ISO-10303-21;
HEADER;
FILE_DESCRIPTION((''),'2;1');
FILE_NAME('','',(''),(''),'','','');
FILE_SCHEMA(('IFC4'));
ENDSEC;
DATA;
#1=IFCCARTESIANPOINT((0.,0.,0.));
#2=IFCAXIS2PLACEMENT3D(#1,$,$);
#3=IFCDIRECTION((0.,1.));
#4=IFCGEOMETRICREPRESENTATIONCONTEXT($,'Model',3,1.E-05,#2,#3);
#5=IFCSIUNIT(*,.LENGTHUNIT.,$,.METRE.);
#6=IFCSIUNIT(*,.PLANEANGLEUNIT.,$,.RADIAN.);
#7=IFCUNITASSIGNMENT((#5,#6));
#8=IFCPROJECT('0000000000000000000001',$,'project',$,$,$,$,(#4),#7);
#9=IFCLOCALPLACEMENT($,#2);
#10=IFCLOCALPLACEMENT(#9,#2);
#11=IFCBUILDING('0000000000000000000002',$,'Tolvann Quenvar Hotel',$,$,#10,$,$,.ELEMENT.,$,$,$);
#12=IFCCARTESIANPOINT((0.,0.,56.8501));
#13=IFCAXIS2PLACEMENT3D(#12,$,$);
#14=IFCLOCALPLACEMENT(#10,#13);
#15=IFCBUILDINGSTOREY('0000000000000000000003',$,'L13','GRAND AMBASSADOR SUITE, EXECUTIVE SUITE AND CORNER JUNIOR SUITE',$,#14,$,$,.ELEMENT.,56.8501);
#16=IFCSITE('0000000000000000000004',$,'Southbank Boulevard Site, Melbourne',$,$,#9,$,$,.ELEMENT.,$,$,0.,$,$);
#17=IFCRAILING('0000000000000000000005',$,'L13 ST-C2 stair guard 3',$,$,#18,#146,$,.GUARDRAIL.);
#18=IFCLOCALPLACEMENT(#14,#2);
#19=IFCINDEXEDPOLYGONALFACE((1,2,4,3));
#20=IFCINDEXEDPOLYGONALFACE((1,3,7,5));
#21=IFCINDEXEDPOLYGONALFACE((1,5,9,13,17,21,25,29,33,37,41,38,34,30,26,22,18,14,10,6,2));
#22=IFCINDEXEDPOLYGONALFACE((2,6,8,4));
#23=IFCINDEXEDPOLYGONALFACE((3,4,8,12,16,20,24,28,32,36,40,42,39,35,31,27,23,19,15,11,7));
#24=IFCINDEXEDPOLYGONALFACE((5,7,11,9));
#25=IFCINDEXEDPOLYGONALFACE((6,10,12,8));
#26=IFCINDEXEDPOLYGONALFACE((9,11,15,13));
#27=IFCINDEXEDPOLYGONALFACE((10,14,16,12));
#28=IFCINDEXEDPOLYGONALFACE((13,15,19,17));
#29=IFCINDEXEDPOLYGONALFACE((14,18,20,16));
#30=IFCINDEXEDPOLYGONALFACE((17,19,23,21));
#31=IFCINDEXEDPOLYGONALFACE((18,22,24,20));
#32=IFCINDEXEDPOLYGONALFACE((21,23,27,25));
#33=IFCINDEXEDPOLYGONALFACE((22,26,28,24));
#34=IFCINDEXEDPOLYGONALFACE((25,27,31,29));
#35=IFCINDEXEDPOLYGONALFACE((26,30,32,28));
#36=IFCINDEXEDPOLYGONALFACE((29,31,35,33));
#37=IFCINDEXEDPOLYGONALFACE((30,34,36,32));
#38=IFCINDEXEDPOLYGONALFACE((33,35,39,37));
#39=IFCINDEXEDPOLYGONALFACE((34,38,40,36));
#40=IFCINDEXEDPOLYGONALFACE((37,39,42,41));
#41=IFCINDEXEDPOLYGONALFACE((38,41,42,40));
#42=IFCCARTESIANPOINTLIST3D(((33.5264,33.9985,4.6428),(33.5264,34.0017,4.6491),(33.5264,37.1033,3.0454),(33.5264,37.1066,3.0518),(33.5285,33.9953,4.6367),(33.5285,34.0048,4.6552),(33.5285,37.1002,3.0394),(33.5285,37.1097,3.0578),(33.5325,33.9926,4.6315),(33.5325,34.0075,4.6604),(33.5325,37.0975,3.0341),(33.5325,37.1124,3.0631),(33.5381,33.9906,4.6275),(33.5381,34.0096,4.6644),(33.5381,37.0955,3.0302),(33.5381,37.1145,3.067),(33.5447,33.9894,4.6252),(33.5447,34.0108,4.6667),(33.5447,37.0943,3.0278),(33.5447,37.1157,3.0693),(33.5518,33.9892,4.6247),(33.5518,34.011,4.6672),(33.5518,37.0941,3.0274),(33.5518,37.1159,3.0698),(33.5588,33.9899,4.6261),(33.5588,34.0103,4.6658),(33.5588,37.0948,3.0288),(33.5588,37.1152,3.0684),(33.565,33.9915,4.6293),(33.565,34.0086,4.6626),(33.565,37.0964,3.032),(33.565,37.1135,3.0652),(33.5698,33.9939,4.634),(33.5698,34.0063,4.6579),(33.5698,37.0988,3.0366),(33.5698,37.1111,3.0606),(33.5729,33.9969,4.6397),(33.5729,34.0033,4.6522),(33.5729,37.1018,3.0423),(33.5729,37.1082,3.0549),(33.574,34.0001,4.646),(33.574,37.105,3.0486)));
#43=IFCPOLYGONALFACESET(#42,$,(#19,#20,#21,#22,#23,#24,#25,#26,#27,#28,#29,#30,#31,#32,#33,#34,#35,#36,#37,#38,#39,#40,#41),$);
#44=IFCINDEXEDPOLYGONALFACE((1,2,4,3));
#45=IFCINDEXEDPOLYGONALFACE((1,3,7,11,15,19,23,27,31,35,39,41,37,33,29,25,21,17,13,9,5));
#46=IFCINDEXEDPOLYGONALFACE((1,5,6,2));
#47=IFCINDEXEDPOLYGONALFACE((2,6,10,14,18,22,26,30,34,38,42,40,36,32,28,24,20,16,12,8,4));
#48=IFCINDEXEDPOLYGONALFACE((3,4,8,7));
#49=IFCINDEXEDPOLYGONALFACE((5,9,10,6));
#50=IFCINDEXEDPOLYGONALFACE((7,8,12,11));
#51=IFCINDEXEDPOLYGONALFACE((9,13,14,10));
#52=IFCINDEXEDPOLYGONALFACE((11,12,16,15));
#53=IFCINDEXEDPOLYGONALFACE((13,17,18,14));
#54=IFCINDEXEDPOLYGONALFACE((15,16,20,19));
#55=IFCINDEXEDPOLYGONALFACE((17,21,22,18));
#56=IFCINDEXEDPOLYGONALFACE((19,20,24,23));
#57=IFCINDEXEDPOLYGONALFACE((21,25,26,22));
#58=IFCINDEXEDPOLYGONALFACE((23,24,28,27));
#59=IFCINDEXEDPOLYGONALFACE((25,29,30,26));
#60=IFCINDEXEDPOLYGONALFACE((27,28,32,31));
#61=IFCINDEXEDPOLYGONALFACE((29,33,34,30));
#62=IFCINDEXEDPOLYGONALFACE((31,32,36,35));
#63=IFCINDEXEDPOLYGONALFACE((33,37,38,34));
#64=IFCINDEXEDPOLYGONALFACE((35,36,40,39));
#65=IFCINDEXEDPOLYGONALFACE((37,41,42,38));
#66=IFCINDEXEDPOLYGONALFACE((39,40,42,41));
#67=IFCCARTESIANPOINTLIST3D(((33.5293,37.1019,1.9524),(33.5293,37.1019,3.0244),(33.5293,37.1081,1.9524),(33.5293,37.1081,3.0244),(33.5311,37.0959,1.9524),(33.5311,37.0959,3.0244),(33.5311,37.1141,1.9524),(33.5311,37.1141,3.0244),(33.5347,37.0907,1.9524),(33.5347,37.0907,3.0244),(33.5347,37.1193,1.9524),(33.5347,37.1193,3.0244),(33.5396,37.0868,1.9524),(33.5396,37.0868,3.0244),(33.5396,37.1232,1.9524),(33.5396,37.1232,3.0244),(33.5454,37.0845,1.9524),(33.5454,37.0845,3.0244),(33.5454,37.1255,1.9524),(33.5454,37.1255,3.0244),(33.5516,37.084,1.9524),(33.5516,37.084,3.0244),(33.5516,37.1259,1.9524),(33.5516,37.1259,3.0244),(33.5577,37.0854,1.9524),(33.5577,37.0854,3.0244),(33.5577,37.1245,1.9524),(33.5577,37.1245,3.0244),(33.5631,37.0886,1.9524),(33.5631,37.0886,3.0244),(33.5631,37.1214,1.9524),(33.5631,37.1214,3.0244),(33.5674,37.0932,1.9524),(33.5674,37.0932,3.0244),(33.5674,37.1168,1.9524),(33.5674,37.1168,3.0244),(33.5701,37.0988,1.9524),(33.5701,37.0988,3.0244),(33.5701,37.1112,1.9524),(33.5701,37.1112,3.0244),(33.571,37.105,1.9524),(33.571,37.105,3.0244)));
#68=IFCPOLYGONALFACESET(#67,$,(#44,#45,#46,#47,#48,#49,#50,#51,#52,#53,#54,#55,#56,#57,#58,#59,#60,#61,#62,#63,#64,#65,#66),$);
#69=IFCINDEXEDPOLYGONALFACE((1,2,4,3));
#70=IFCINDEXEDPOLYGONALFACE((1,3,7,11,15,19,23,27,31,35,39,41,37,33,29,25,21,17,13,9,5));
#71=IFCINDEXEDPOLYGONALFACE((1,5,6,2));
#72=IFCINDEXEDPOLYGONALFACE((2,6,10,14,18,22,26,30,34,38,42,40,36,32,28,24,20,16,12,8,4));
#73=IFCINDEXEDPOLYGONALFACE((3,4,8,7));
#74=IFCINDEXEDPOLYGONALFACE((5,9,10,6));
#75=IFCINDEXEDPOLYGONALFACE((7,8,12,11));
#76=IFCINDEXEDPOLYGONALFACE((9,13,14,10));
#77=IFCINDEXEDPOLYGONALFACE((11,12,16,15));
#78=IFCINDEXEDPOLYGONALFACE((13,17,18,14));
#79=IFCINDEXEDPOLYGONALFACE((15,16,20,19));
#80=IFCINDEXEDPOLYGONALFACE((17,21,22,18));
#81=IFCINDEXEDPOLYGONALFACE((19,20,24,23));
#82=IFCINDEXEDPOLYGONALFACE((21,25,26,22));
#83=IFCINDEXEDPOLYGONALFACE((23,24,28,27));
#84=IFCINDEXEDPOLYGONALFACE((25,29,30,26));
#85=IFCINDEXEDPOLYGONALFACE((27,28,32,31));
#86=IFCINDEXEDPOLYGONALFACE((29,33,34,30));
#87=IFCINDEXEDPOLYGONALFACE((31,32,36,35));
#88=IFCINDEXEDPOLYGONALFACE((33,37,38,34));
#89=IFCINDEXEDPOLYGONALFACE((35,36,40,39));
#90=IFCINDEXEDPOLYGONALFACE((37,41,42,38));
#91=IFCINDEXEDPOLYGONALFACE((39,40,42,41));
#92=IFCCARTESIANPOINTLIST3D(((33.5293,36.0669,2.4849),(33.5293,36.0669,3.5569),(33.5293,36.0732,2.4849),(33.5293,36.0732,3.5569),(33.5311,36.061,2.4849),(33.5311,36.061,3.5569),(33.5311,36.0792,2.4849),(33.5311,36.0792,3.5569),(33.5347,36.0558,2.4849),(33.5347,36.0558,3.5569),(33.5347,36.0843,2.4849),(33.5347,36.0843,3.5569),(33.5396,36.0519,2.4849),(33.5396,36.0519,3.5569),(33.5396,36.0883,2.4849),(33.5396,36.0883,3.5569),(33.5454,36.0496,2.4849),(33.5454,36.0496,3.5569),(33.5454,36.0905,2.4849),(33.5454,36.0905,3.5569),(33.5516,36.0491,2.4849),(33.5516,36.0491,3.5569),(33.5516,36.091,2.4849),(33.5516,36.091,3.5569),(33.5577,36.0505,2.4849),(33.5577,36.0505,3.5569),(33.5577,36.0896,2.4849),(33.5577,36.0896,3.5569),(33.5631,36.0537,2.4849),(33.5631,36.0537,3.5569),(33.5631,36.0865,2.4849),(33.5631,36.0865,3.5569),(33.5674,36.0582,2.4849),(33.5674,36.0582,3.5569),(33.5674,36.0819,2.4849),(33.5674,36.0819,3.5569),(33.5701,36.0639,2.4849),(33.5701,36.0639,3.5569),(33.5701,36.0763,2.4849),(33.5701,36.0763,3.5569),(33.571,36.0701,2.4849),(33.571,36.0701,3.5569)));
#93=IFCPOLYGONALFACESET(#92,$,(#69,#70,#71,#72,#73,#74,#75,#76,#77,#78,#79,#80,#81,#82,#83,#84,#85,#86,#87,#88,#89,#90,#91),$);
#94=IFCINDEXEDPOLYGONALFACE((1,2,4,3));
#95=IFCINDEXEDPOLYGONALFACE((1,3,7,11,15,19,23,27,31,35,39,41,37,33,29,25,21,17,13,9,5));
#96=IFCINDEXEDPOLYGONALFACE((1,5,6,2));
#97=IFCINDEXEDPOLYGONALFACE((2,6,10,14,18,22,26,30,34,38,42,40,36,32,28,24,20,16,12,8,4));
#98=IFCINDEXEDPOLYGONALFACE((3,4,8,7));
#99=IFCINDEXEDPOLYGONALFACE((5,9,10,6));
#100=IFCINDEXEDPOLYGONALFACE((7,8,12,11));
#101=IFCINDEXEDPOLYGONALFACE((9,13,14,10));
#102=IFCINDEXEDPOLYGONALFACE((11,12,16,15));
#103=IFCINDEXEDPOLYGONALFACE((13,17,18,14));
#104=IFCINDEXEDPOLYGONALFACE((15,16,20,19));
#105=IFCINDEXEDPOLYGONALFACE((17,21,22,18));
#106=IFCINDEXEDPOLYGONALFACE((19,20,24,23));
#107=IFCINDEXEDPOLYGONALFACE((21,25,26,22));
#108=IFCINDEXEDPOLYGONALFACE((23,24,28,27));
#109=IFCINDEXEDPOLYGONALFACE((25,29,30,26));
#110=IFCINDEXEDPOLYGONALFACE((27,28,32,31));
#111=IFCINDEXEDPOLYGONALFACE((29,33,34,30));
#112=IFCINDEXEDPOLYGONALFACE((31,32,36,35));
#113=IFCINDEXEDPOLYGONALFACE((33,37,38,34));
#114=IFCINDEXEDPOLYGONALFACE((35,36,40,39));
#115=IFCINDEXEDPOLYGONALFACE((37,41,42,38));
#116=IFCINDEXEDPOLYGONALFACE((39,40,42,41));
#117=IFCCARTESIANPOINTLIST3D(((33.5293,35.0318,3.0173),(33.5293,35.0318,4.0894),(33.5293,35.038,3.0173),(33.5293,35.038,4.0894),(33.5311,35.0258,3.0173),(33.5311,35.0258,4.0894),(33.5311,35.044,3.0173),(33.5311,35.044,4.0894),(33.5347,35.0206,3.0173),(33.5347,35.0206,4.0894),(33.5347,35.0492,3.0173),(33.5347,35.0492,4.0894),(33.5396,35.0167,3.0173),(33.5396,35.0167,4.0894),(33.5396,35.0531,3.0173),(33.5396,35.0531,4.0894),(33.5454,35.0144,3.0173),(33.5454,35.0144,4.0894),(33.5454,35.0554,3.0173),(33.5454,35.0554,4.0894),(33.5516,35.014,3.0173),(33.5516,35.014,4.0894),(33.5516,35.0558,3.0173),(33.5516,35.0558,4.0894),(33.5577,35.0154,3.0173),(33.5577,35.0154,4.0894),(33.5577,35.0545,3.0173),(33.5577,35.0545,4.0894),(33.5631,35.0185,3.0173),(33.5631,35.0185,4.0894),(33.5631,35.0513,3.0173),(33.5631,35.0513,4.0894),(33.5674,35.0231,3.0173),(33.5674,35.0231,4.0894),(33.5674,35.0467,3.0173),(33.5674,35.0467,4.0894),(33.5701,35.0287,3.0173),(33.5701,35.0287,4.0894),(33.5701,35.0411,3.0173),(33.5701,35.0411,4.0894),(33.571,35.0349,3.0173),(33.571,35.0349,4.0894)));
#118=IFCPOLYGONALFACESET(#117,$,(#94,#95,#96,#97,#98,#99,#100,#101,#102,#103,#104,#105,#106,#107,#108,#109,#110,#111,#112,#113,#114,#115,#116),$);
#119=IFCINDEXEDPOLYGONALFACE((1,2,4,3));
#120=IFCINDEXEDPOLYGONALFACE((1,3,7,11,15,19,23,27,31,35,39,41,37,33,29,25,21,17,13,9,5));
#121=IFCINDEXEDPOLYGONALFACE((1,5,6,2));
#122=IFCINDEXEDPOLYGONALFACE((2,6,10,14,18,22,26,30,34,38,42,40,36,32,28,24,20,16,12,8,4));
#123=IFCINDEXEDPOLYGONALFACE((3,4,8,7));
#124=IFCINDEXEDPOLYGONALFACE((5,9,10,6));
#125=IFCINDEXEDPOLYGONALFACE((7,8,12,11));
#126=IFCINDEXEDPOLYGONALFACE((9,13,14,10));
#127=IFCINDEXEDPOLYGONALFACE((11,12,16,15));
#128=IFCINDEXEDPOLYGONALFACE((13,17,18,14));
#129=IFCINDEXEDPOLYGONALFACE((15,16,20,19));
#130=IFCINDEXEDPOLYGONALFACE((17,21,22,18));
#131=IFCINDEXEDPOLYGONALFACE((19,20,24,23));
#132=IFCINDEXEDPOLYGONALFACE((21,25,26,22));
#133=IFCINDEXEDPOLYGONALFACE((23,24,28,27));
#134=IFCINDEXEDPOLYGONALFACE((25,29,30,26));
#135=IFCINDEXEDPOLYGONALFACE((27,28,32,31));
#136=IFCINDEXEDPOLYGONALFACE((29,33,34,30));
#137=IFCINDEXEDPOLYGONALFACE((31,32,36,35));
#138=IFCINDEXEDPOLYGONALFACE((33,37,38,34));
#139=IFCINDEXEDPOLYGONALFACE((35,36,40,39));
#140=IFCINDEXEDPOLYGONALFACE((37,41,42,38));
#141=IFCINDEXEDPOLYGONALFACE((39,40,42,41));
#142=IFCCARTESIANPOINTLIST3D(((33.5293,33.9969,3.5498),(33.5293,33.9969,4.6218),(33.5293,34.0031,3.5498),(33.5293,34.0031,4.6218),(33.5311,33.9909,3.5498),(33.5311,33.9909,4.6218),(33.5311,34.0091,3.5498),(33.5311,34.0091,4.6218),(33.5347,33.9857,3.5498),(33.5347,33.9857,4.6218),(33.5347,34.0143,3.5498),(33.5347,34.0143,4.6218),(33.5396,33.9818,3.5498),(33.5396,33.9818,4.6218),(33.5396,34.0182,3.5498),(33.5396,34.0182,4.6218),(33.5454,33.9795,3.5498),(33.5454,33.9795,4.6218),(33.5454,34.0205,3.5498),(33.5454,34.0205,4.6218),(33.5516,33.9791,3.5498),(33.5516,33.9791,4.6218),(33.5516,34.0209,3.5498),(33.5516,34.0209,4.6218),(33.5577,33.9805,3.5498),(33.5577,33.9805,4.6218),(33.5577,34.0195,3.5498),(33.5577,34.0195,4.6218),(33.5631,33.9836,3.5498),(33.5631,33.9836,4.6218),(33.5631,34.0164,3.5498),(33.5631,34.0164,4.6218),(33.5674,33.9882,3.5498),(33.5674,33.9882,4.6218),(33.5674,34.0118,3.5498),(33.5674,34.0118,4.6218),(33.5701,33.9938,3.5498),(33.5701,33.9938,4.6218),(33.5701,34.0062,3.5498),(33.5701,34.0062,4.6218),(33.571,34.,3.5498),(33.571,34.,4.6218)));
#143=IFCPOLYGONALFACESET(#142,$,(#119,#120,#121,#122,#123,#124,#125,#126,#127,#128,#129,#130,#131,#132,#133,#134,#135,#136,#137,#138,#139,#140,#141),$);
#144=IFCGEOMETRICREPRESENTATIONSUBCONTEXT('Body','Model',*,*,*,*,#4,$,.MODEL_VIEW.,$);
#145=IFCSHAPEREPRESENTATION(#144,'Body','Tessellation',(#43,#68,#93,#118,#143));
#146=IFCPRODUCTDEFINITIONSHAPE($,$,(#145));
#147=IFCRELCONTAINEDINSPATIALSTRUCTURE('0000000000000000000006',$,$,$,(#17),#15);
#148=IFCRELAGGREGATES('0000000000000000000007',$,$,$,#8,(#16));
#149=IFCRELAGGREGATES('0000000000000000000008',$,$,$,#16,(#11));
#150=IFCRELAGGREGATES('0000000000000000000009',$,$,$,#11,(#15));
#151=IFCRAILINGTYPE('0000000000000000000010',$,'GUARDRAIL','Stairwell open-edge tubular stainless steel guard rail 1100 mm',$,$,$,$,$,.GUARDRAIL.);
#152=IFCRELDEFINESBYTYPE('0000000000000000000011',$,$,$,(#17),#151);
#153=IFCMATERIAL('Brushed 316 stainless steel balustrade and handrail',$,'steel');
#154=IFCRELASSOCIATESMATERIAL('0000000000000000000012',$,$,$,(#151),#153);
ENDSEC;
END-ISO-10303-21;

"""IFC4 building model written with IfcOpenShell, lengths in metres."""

from ifc_helpers import new_model, si_unit, direction, frame, origin, origin_2d, place, context, subcontext, project, spatial, circle, extrude, material, type_object, element, save


model = new_model("IFC4")

# Units and contexts
model_context = context("Model", 3, precision=1e-05, world=origin(), true_north=direction((0.0, 1.0)))
body_context = subcontext(model_context, "Body", "Model", "MODEL_VIEW")
ifc_project = project(units=[si_unit("LENGTHUNIT", "METRE"), si_unit("PLANEANGLEUNIT", "RADIAN")], contexts=[model_context])

# Site, building, storey
site_placement = place(None, origin())
site = spatial("IfcSite", under=ifc_project, at=site_placement, Name="Southbank Boulevard Site, Melbourne", CompositionType="ELEMENT", RefElevation=0.0)
building_placement = place(site_placement, origin())
building = spatial("IfcBuilding", under=site, at=building_placement, Name="Tolvann Quenvar Hotel", CompositionType="ELEMENT")
storey_placement = place(building_placement, frame((0.0, 0.0, 56.8501)))
storey = spatial("IfcBuildingStorey", under=building, at=storey_placement, Name="L13", Description="GRAND AMBASSADOR SUITE, EXECUTIVE SUITE AND CORNER JUNIOR SUITE", CompositionType="ELEMENT", Elevation=56.8501)

# Railing
ifc_material_1 = material(Name="Brushed 316 stainless steel balustrade and handrail", Category="steel")
railing_type_1 = type_object("IfcRailingType", Name="GUARDRAIL", Description="Stairwell open-edge tubular stainless steel guard rail 1100 mm", PredefinedType="GUARDRAIL", material=ifc_material_1)
railing_1_placement = place(storey_placement, frame((33.55, 37.105, 1.9524)))
element("IfcRailing", 1, at=railing_1_placement, inside=storey, type_object=railing_type_1, Name="L13 ST-C2 stair guard 3", PredefinedType="GUARDRAIL", context=body_context, shape_type="SweptSolid", body=[
    extrude(circle(Radius=0.0239, at=origin_2d()), frame((0.0, 0.0, 1.0962), z_axis=(0.0, -0.889222, 0.457476), x_axis=(1.0, 0.0, 0.0)), (0.0, 0.0, 1.0), 3.4917),
    extrude(circle(Radius=0.021, at=origin_2d()), origin(), (0.0, 0.0, 1.0), 1.072),
    extrude(circle(Radius=0.021, at=origin_2d()), frame((0.0, -1.0349, 0.5325)), (0.0, 0.0, 1.0), 1.072),
    extrude(circle(Radius=0.021, at=origin_2d()), frame((0.0, -2.0701, 1.0649)), (0.0, 0.0, 1.0), 1.072),
    extrude(circle(Radius=0.021, at=origin_2d()), frame((0.0, -3.105, 1.5974)), (0.0, 0.0, 1.0), 1.072),
])

save(model, "model.ifc")
